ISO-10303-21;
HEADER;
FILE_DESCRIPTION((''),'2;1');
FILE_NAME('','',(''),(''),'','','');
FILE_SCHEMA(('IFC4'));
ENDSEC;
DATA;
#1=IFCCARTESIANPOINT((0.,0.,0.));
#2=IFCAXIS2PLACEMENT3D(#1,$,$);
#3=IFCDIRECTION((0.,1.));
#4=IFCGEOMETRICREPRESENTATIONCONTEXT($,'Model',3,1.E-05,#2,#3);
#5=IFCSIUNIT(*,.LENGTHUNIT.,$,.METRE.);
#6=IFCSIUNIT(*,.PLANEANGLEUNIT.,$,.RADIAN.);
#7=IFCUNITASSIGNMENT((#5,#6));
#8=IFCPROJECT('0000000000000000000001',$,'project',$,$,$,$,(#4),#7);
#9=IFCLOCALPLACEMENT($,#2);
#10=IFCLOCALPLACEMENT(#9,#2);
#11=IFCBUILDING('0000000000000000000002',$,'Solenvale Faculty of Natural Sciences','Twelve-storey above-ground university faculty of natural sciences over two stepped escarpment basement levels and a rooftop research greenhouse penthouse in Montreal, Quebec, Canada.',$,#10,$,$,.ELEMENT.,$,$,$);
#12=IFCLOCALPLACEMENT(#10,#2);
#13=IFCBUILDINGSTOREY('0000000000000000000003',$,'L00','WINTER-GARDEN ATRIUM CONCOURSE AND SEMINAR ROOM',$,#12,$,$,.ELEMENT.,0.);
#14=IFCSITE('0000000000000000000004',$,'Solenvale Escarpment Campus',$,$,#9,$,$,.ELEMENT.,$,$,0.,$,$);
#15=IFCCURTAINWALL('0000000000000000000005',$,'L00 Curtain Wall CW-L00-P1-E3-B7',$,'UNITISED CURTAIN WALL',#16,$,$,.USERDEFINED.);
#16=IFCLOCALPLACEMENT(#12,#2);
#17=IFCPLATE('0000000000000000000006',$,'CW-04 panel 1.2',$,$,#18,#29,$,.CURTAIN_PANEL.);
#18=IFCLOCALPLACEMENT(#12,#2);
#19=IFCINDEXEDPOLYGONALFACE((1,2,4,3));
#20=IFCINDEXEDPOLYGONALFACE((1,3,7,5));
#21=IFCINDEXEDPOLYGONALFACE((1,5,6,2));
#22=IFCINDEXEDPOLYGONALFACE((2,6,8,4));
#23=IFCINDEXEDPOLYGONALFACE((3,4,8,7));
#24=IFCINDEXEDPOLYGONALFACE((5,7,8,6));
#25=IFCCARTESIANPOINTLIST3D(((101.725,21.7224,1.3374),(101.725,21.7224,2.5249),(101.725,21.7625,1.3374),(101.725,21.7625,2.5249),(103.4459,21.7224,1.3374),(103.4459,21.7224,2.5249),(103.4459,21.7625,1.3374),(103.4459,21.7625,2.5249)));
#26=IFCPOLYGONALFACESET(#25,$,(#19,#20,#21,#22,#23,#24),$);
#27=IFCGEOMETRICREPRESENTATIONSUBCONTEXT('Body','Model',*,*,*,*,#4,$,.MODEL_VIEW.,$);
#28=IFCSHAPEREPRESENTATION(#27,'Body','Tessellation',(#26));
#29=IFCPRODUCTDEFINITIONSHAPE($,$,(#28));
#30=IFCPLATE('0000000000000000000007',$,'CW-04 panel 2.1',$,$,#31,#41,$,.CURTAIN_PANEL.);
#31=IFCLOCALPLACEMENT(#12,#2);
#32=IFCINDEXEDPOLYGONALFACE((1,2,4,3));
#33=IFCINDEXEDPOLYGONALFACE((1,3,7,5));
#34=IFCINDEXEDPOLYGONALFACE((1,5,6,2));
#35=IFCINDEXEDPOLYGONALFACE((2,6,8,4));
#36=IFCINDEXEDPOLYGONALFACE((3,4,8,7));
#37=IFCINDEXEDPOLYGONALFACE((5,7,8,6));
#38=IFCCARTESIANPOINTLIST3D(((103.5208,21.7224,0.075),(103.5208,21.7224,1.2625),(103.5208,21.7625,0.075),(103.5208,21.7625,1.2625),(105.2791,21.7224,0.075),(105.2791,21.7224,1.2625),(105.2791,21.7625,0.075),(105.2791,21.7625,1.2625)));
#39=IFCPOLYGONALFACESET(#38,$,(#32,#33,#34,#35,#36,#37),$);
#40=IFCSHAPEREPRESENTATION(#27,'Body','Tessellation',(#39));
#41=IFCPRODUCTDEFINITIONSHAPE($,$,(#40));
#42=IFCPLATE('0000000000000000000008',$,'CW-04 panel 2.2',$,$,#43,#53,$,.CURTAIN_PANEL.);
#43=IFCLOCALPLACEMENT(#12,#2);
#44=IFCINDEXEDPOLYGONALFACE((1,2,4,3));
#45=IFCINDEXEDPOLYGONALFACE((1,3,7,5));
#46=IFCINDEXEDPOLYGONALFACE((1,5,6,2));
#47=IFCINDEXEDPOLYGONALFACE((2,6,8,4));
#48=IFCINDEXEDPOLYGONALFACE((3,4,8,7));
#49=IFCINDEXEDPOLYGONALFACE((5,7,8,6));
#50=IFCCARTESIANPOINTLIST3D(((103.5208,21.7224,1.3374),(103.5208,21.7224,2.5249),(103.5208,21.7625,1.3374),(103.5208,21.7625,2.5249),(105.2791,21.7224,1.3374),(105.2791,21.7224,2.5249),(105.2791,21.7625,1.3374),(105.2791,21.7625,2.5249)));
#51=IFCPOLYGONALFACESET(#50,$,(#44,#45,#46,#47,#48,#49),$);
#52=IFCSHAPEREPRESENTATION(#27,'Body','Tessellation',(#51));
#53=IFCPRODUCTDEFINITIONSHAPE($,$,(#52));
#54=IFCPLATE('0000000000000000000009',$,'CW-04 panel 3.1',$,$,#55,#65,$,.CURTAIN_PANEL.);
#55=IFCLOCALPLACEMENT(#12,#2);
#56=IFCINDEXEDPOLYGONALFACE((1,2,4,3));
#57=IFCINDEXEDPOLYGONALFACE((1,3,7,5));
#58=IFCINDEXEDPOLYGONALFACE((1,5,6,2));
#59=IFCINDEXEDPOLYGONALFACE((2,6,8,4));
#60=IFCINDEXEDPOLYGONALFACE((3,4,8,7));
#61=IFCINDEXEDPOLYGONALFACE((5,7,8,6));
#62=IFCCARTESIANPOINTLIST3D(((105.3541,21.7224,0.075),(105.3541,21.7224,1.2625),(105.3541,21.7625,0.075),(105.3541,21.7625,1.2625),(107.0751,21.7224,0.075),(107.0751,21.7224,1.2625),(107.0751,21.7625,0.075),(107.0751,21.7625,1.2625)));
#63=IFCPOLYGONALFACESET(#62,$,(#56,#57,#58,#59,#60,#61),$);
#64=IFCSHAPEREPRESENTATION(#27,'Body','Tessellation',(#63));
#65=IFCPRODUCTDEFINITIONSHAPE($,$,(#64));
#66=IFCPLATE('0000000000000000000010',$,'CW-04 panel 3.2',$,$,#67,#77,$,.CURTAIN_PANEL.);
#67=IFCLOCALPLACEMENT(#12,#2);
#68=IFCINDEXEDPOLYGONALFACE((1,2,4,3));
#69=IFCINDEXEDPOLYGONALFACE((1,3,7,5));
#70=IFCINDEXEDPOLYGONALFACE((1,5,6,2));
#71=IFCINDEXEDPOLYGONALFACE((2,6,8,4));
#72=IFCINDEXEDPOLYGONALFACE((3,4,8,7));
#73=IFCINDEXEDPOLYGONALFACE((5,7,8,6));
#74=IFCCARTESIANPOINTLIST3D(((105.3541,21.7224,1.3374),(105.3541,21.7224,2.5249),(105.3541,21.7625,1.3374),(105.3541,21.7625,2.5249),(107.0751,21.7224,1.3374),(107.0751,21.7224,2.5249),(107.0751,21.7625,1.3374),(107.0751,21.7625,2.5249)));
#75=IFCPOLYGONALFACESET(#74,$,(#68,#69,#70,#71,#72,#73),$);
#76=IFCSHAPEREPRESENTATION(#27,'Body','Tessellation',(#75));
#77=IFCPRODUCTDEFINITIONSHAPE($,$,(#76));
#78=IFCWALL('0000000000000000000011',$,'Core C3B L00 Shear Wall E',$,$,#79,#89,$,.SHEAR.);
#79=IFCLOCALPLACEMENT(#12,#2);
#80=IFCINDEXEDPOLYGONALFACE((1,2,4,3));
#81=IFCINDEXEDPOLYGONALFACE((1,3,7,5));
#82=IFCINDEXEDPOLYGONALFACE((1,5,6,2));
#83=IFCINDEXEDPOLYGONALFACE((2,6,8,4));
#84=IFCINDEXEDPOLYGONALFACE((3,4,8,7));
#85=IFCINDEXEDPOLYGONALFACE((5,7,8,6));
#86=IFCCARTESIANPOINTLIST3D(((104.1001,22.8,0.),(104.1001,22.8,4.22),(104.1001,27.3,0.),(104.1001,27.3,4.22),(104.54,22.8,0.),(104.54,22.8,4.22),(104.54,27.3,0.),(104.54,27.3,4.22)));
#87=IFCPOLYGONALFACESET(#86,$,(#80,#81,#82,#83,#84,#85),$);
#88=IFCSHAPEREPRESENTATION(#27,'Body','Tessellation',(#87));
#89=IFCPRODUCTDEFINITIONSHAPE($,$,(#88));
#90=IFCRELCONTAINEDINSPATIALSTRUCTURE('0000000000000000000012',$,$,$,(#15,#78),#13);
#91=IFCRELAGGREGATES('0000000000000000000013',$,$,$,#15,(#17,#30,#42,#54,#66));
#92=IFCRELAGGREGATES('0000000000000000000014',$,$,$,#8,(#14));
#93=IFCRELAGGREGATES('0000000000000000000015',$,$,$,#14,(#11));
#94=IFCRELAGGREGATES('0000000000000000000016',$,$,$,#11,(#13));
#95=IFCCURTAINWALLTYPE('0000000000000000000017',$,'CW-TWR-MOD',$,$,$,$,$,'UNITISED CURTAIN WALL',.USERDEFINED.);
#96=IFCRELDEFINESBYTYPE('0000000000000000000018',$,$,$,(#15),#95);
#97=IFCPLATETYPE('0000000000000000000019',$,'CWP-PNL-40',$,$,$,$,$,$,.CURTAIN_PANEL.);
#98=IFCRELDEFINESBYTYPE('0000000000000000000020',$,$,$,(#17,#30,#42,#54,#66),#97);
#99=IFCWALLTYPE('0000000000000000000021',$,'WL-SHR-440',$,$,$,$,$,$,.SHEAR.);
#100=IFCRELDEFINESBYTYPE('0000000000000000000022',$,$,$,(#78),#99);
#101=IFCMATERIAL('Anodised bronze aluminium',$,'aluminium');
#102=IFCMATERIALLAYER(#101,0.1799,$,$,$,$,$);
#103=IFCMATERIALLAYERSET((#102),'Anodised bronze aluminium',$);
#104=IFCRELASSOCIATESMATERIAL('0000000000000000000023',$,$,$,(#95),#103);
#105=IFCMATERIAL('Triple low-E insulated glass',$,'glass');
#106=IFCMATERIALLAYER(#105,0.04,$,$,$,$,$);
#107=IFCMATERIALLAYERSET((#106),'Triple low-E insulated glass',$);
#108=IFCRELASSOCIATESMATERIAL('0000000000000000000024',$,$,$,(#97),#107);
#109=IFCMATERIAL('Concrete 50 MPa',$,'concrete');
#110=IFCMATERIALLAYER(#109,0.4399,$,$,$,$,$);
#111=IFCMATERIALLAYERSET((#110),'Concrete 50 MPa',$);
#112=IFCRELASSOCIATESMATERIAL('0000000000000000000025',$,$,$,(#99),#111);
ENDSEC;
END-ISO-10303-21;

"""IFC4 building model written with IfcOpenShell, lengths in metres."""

from ifc_helpers import new_model, si_unit, direction, frame, frame_2d, origin, origin_2d, place, context, subcontext, project, spatial, rectangle, extrude, material, layer, layer_set, type_object, element, aggregate, save


model = new_model("IFC4")

# Units and contexts
model_context = context("Model", 3, precision=1e-05, world=origin(), true_north=direction((0.0, 1.0)))
body_context = subcontext(model_context, "Body", "Model", "MODEL_VIEW")
ifc_project = project(units=[si_unit("LENGTHUNIT", "METRE"), si_unit("PLANEANGLEUNIT", "RADIAN")], contexts=[model_context])

# Site, building, storey
site_placement = place(None, origin())
site = spatial("IfcSite", under=ifc_project, at=site_placement, Name="Solenvale Escarpment Campus", CompositionType="ELEMENT", RefElevation=0.0)
building_placement = place(site_placement, origin())
building = spatial("IfcBuilding", under=site, at=building_placement, Name="Solenvale Faculty of Natural Sciences", Description="Twelve-storey above-ground university faculty of natural sciences over two stepped escarpment basement levels and a rooftop research greenhouse penthouse in Montreal, Quebec, Canada.", CompositionType="ELEMENT")
storey_placement = place(building_placement, origin())
storey = spatial("IfcBuildingStorey", under=building, at=storey_placement, Name="L00", Description="WINTER-GARDEN ATRIUM CONCOURSE AND SEMINAR ROOM", CompositionType="ELEMENT", Elevation=0.0)

# Curtain wall, plates
ifc_material_1 = material(Name="Anodised bronze aluminium", Category="aluminium")
ifc_layer_1 = layer(ifc_material_1, 0.1799)
ifc_layer_set_1 = layer_set([ifc_layer_1], Name="Anodised bronze aluminium")
curtain_wall_type = type_object("IfcCurtainWallType", Name="CW-TWR-MOD", ElementType="UNITISED CURTAIN WALL", PredefinedType="USERDEFINED", material=ifc_layer_set_1)
curtain_wall_placement = place(storey_placement, origin())
curtain_wall = element("IfcCurtainWall", 1, at=curtain_wall_placement, inside=storey, type_object=curtain_wall_type, Name="L00 Curtain Wall CW-L00-P1-E3-B7", ObjectType="UNITISED CURTAIN WALL", PredefinedType="USERDEFINED")
ifc_material_2 = material(Name="Triple low-E insulated glass", Category="glass")
ifc_layer_2 = layer(ifc_material_2, 0.04)
ifc_layer_set_2 = layer_set([ifc_layer_2], Name="Triple low-E insulated glass")
plate_type = type_object("IfcPlateType", Name="CWP-PNL-40", PredefinedType="CURTAIN_PANEL", material=ifc_layer_set_2)
plate_1_placement = place(storey_placement, frame((102.5854, 21.7424, 1.3374), z_axis=(0.0, 0.0, 1.0), x_axis=(1.0, 0.0, 0.0)))
plate_1 = element("IfcPlate", 2, at=plate_1_placement, type_object=plate_type, Name="CW-04 panel 1.2", PredefinedType="CURTAIN_PANEL", context=body_context, shape_type="SweptSolid", body=[
    extrude(rectangle(XDim=1.7209, YDim=0.04, at=origin_2d()), origin(), (0.0, 0.0, 1.0), 1.1875),
])
plate_2_placement = place(storey_placement, frame((104.3999, 21.7424, 0.075), z_axis=(0.0, 0.0, 1.0), x_axis=(1.0, 0.0, 0.0)))
plate_2 = element("IfcPlate", 3, at=plate_2_placement, type_object=plate_type, Name="CW-04 panel 2.1", PredefinedType="CURTAIN_PANEL", context=body_context, shape_type="SweptSolid", body=[
    extrude(rectangle(XDim=1.7583, YDim=0.04, at=origin_2d()), origin(), (0.0, 0.0, 1.0), 1.1875),
])
plate_3_placement = place(storey_placement, frame((104.3999, 21.7424, 1.3374), z_axis=(0.0, 0.0, 1.0), x_axis=(1.0, 0.0, 0.0)))
plate_3 = element("IfcPlate", 4, at=plate_3_placement, type_object=plate_type, Name="CW-04 panel 2.2", PredefinedType="CURTAIN_PANEL", context=body_context, shape_type="SweptSolid", body=[
    extrude(rectangle(XDim=1.7583, YDim=0.04, at=origin_2d()), origin(), (0.0, 0.0, 1.0), 1.1875),
])
plate_4_placement = place(storey_placement, frame((106.2146, 21.7424, 0.075), z_axis=(0.0, 0.0, 1.0), x_axis=(1.0, 0.0, 0.0)))
plate_4 = element("IfcPlate", 5, at=plate_4_placement, type_object=plate_type, Name="CW-04 panel 3.1", PredefinedType="CURTAIN_PANEL", context=body_context, shape_type="SweptSolid", body=[
    extrude(rectangle(XDim=1.7209, YDim=0.04, at=origin_2d()), origin(), (0.0, 0.0, 1.0), 1.1875),
])
plate_5_placement = place(storey_placement, frame((106.2146, 21.7424, 1.3374), z_axis=(0.0, 0.0, 1.0), x_axis=(1.0, 0.0, 0.0)))
plate_5 = element("IfcPlate", 6, at=plate_5_placement, type_object=plate_type, Name="CW-04 panel 3.2", PredefinedType="CURTAIN_PANEL", context=body_context, shape_type="SweptSolid", body=[
    extrude(rectangle(XDim=1.7209, YDim=0.04, at=origin_2d()), origin(), (0.0, 0.0, 1.0), 1.1875),
])
aggregate(curtain_wall, [plate_1, plate_2, plate_3, plate_4, plate_5])

# Wall
ifc_material_3 = material(Name="Concrete 50 MPa", Category="concrete")
ifc_layer_3 = layer(ifc_material_3, 0.4399)
ifc_layer_set_3 = layer_set([ifc_layer_3], Name="Concrete 50 MPa")
wall_type = type_object("IfcWallType", Name="WL-SHR-440", PredefinedType="SHEAR", material=ifc_layer_set_3)
wall_placement = place(storey_placement, frame((104.3201, 22.8, 0.0), z_axis=(0.0, 0.0, 1.0), x_axis=(0.0, 1.0, 0.0)))
element("IfcWall", 7, at=wall_placement, inside=storey, type_object=wall_type, Name="Core C3B L00 Shear Wall E", PredefinedType="SHEAR", context=body_context, shape_type="SweptSolid", body=[
    extrude(rectangle(XDim=4.5, YDim=0.4399, at=frame_2d((2.25, 0.0))), origin(), (0.0, 0.0, 1.0), 4.22),
])

save(model, "model.ifc")
